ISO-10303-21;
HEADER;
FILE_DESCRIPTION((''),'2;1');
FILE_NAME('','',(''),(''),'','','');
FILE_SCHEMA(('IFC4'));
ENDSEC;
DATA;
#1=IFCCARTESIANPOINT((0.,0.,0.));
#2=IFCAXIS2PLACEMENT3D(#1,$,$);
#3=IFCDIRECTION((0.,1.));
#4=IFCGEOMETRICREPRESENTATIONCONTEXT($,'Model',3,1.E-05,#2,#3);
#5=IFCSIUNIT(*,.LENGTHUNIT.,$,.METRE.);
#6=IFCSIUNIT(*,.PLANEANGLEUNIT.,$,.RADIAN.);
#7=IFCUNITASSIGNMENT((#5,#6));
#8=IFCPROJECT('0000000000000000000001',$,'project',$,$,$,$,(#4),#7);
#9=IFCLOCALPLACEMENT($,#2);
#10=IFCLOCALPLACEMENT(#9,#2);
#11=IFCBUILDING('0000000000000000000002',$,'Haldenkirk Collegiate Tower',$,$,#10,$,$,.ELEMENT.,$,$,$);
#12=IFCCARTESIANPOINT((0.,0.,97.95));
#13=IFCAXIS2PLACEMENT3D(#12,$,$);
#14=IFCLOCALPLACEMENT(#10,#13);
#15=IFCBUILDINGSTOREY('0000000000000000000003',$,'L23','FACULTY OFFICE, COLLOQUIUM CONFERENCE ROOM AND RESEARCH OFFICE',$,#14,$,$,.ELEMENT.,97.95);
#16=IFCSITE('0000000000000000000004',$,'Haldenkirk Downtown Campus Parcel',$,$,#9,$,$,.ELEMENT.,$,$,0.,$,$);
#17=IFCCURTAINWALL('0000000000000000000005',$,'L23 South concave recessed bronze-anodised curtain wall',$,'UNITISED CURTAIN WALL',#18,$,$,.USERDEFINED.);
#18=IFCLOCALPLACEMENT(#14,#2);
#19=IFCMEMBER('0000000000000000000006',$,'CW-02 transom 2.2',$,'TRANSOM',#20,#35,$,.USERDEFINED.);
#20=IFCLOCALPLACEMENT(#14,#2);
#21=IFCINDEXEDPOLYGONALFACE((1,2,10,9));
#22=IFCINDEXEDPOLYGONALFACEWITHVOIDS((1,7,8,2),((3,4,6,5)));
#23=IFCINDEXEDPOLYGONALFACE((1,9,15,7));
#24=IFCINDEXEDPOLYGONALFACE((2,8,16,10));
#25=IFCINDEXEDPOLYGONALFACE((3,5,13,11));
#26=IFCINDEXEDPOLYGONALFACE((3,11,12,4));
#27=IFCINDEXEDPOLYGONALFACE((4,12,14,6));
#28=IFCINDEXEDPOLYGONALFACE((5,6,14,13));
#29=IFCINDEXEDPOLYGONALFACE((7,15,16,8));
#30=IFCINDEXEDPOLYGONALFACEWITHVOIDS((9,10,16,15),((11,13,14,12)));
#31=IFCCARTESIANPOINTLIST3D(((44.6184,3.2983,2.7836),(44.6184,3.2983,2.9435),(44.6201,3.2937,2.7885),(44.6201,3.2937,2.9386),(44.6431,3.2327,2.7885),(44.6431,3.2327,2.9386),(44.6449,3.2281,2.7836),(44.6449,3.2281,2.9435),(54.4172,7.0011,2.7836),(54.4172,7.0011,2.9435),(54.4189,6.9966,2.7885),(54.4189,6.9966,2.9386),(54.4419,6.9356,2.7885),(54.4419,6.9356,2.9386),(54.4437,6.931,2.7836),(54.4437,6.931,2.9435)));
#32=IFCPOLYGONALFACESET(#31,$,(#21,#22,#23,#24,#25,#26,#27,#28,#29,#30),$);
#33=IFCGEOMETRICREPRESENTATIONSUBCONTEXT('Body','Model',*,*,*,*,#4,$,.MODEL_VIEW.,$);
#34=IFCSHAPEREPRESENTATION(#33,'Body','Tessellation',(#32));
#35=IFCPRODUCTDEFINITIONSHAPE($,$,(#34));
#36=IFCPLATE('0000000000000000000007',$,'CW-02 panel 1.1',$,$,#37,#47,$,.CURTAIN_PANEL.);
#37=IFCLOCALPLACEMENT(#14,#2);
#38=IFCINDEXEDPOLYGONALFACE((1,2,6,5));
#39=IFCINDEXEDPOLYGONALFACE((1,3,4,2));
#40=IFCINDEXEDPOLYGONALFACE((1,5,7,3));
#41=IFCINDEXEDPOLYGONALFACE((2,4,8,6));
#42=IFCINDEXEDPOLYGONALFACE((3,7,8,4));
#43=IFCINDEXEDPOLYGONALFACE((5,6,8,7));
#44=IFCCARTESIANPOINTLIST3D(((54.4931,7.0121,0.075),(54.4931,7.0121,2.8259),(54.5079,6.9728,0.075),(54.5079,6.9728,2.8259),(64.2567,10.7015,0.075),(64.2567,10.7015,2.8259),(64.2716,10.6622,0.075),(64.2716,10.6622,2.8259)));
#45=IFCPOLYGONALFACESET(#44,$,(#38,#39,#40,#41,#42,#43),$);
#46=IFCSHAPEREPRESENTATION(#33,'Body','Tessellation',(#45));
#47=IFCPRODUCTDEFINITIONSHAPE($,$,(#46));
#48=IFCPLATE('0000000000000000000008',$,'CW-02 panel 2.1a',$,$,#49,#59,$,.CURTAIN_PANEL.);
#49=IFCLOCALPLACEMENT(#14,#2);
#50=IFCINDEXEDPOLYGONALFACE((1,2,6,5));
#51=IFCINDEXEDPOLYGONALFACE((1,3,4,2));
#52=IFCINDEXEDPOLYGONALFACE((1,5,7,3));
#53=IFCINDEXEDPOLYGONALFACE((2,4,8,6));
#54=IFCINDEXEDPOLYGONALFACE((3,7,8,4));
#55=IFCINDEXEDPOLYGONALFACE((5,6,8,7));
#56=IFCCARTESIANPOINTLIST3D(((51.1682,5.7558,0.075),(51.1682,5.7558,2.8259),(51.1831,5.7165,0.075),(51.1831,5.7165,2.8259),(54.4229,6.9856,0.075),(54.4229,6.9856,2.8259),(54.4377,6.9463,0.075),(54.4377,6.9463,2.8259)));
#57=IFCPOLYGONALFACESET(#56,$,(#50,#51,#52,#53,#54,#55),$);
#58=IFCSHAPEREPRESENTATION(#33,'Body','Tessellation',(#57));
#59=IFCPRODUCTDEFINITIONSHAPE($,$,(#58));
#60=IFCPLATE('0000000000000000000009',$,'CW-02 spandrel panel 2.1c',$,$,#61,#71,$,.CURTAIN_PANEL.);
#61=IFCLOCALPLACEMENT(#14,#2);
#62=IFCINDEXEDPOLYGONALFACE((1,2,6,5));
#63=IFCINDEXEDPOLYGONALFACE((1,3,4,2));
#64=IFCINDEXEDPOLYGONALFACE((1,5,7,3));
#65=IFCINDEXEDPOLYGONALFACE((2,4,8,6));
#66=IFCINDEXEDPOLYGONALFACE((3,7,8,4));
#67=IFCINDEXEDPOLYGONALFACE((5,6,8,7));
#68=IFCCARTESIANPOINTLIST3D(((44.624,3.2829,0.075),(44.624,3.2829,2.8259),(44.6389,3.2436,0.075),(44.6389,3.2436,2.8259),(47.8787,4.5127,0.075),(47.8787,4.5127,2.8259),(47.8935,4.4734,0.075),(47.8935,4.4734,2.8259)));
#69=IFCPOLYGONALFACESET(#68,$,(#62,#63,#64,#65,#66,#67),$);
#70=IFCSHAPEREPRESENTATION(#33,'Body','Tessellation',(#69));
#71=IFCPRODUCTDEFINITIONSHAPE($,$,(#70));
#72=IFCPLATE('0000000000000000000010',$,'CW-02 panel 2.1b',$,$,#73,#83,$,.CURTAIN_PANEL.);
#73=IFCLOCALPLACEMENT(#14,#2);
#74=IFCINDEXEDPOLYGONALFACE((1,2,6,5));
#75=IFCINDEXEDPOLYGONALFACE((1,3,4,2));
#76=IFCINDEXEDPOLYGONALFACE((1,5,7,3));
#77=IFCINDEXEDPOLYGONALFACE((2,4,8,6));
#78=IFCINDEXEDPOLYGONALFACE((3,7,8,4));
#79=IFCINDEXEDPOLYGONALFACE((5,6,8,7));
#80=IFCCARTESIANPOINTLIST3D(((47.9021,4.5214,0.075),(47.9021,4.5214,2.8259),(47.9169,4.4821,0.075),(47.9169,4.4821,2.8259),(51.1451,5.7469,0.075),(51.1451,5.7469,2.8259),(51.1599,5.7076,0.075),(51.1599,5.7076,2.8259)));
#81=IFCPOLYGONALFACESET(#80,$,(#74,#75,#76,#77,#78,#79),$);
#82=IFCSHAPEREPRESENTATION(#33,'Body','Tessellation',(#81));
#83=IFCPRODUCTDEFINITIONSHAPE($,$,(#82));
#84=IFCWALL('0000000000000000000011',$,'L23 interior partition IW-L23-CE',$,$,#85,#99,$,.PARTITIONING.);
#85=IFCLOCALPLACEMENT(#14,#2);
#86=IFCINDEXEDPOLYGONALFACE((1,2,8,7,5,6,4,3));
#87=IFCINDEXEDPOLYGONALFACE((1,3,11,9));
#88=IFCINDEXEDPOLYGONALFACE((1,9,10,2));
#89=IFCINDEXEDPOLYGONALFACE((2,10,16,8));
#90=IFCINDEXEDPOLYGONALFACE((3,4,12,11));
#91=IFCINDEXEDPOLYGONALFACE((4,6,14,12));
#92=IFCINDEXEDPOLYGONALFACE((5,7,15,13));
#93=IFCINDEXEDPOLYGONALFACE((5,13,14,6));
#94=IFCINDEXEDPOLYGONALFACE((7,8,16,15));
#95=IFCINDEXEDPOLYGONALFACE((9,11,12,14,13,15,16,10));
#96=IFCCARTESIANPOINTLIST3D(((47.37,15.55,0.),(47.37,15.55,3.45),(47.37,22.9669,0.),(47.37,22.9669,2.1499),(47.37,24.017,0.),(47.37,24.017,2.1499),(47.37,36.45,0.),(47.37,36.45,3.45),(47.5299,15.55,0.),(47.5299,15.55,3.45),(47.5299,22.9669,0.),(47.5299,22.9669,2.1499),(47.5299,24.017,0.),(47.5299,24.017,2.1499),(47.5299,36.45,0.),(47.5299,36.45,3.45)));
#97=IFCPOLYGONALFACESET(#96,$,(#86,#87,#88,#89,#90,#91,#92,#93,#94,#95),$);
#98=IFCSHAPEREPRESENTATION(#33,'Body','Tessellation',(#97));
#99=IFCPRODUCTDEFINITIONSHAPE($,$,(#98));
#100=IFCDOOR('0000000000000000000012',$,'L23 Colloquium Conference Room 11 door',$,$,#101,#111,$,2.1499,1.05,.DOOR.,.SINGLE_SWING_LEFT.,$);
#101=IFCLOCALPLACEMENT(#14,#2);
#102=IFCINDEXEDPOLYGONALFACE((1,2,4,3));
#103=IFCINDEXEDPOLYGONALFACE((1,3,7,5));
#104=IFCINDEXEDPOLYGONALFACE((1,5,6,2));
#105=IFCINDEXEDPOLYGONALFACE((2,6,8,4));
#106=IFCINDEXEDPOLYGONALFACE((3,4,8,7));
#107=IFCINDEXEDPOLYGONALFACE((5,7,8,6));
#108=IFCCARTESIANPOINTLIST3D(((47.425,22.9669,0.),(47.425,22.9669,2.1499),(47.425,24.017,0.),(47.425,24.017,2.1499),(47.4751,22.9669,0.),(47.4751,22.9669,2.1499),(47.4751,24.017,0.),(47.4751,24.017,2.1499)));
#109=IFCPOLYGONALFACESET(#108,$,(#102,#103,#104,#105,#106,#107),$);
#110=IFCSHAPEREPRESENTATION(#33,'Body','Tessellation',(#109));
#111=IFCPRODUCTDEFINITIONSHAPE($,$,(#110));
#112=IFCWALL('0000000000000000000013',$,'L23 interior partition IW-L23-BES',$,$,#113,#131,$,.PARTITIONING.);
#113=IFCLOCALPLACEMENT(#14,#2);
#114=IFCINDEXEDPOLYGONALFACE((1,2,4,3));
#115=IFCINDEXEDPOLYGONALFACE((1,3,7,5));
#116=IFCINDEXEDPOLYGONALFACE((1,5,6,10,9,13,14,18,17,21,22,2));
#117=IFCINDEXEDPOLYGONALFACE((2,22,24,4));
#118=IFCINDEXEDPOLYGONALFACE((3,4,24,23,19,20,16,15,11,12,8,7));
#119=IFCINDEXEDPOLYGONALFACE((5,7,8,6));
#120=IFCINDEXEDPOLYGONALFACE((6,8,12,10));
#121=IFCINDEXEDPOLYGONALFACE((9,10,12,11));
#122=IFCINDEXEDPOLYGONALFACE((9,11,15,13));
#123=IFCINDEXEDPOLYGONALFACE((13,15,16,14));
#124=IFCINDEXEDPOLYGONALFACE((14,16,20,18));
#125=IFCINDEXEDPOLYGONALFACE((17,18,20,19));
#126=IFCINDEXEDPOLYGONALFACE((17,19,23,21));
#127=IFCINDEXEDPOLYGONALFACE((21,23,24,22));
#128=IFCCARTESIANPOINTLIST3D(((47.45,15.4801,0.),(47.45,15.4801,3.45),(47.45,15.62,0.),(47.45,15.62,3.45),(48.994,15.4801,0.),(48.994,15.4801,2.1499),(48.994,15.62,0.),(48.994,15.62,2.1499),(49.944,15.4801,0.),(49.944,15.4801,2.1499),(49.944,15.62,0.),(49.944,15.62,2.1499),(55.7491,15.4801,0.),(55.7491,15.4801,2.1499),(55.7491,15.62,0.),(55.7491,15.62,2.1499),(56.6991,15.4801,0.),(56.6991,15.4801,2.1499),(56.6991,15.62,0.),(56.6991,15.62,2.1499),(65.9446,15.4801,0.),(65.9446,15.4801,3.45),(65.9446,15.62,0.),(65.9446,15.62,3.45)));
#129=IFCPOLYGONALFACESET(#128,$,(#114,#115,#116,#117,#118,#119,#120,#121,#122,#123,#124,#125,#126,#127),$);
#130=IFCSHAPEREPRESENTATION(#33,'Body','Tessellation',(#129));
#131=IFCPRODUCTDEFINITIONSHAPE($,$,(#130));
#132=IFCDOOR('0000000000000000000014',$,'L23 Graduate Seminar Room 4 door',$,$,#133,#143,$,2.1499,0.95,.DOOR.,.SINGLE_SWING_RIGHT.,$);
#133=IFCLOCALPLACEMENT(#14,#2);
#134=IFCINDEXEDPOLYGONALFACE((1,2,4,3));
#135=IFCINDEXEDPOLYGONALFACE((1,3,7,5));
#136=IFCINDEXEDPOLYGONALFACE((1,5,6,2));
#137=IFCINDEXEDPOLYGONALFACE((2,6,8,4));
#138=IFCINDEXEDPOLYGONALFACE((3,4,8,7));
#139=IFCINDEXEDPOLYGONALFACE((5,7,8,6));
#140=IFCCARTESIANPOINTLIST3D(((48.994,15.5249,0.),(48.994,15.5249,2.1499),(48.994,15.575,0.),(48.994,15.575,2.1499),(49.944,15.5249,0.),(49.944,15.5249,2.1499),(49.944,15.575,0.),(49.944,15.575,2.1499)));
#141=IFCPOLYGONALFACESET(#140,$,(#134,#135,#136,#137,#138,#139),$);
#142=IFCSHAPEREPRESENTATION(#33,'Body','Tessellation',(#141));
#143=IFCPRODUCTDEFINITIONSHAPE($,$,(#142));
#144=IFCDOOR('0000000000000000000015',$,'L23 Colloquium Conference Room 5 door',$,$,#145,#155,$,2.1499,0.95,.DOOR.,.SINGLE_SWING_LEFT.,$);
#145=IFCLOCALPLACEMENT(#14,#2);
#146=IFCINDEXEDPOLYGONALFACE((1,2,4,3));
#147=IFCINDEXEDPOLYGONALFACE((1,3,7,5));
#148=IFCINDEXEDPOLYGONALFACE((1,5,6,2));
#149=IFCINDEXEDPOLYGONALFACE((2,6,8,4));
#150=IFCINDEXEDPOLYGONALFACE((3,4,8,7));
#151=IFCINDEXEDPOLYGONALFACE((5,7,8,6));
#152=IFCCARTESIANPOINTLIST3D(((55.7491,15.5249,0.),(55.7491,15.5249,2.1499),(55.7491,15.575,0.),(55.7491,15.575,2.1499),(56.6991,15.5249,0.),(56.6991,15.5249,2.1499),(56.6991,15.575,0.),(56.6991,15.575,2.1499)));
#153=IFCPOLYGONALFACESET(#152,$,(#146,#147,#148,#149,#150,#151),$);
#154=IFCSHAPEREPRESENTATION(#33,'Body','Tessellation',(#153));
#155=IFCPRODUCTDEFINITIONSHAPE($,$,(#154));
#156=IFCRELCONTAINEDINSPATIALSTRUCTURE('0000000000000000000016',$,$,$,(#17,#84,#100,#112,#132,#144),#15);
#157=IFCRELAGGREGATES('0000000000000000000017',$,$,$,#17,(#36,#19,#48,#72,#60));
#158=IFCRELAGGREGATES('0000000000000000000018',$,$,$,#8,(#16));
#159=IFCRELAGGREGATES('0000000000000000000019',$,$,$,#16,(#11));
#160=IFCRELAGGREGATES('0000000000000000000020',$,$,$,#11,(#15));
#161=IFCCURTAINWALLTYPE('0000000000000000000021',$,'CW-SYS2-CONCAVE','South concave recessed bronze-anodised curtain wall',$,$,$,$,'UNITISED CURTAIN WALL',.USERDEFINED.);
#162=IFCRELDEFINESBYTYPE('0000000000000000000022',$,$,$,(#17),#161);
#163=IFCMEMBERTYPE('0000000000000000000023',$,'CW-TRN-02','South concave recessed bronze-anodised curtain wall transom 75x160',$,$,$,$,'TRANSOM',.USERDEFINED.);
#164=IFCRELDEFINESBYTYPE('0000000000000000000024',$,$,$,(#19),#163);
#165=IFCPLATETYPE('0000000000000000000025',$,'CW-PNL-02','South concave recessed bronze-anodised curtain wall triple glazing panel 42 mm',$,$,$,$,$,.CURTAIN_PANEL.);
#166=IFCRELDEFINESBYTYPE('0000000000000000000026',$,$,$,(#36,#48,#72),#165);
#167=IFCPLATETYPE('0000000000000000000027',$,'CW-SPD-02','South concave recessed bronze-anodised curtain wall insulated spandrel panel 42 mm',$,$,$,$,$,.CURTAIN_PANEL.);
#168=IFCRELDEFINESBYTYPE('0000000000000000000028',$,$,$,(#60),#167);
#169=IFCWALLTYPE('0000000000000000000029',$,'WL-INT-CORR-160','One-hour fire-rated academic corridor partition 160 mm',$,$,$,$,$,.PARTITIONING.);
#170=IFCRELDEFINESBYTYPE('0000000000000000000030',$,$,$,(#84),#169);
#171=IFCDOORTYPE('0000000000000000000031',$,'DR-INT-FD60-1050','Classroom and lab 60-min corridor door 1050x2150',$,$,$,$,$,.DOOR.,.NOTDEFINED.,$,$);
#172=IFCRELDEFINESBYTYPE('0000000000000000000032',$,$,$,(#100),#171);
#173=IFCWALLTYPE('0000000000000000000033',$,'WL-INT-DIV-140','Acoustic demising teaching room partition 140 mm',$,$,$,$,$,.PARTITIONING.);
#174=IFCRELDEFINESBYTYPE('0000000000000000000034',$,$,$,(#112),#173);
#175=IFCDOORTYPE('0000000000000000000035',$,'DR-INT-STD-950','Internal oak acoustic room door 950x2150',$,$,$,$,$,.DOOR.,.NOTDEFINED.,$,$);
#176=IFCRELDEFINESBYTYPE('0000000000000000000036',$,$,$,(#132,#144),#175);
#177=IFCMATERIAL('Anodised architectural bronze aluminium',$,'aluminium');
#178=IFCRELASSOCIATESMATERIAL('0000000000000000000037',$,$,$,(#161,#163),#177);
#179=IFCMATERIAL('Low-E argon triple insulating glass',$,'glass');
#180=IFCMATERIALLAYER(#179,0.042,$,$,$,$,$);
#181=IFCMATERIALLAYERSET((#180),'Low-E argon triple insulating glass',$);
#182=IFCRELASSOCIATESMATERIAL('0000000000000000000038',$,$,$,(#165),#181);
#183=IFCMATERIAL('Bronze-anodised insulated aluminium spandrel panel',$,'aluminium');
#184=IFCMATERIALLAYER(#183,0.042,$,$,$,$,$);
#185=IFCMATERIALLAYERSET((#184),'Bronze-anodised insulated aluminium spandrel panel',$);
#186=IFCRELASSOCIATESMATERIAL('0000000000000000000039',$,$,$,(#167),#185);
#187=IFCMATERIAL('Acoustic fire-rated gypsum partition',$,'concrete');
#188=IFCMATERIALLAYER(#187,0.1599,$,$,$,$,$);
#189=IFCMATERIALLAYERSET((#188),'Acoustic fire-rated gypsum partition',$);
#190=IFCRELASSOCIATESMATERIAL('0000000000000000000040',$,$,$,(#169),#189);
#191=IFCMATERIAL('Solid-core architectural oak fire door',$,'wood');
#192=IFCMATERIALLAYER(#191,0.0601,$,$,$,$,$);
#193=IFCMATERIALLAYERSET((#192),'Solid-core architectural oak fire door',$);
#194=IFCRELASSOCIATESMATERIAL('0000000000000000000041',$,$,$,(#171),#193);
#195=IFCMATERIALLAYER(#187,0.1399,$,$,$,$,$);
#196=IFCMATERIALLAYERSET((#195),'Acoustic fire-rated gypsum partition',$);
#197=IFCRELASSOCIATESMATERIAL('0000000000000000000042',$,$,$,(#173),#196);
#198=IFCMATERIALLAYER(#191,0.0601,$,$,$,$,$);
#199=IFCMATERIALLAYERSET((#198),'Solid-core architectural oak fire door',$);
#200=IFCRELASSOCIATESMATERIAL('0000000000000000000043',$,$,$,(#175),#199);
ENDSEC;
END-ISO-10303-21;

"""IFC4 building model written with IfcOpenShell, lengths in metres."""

from ifc_helpers import new_model, si_unit, direction, frame, frame_2d, origin, origin_2d, place, context, subcontext, project, spatial, rectangle, hollow_rectangle, extrude, source, transform, mapped, material, layer, layer_set, material_profile, profile_set, type_object, element, fill, aggregate, save


model = new_model("IFC4")

# Units and contexts
model_context = context("Model", 3, precision=1e-05, world=origin(), true_north=direction((0.0, 1.0)))
body_context = subcontext(model_context, "Body", "Model", "MODEL_VIEW")
ifc_project = project(units=[si_unit("LENGTHUNIT", "METRE"), si_unit("PLANEANGLEUNIT", "RADIAN")], contexts=[model_context])

# Site, building, storey
site_placement = place(None, origin())
site = spatial("IfcSite", under=ifc_project, at=site_placement, Name="Haldenkirk Downtown Campus Parcel", CompositionType="ELEMENT", RefElevation=0.0)
building_placement = place(site_placement, origin())
building = spatial("IfcBuilding", under=site, at=building_placement, Name="Haldenkirk Collegiate Tower", CompositionType="ELEMENT")
storey_placement = place(building_placement, frame((0.0, 0.0, 97.95)))
storey = spatial("IfcBuildingStorey", under=building, at=storey_placement, Name="L23", Description="FACULTY OFFICE, COLLOQUIUM CONFERENCE ROOM AND RESEARCH OFFICE", CompositionType="ELEMENT", Elevation=97.95)

# Curtain wall, member, plates
ifc_material_1 = material(Name="Anodised architectural bronze aluminium", Category="aluminium")
curtain_wall_type = type_object("IfcCurtainWallType", Name="CW-SYS2-CONCAVE", Description="South concave recessed bronze-anodised curtain wall", ElementType="UNITISED CURTAIN WALL", PredefinedType="USERDEFINED", material=ifc_material_1)
curtain_wall_placement = place(storey_placement, origin())
curtain_wall = element("IfcCurtainWall", 1, at=curtain_wall_placement, inside=storey, type_object=curtain_wall_type, Name="L23 South concave recessed bronze-anodised curtain wall", ObjectType="UNITISED CURTAIN WALL", PredefinedType="USERDEFINED")
ifc_material_profile_1 = material_profile(ifc_material_1, hollow_rectangle(XDim=0.075, YDim=0.1599, WallThickness=0.0049, at=origin_2d()), Name="CW-TRN-02")
ifc_profile_set_1 = profile_set([ifc_material_profile_1], Name="Anodised architectural bronze aluminium")
member_type_1 = type_object("IfcMemberType", Name="CW-TRN-02", Description="South concave recessed bronze-anodised curtain wall transom 75x160", ElementType="TRANSOM", PredefinedType="USERDEFINED", material=ifc_profile_set_1)
member_1_placement = place(storey_placement, frame((54.4304, 6.9661, 2.8635), z_axis=(-0.935437, -0.353493, 0.0), x_axis=(0.353493, -0.935437, 0.0)))
member_1 = element("IfcMember", 2, at=member_1_placement, type_object=member_type_1, Name="CW-02 transom 2.2", ObjectType="TRANSOM", PredefinedType="USERDEFINED", context=body_context, shape_type="SweptSolid", body=[
    extrude(hollow_rectangle(XDim=0.075, YDim=0.1599, WallThickness=0.0049, at=origin_2d()), origin(), (0.0, 0.0, 1.0), 10.4751),
])
ifc_material_2 = material(Name="Low-E argon triple insulating glass", Category="glass")
ifc_layer_1 = layer(ifc_material_2, 0.042)
ifc_layer_set_1 = layer_set([ifc_layer_1], Name="Low-E argon triple insulating glass")
plate_type_1 = type_object("IfcPlateType", Name="CW-PNL-02", Description="South concave recessed bronze-anodised curtain wall triple glazing panel 42 mm", PredefinedType="CURTAIN_PANEL", material=ifc_layer_set_1)
shared_shape_1 = source(origin(), body_context, "Body", "SweptSolid", [
    extrude(rectangle(XDim=10.4375, YDim=0.042, at=origin_2d()), origin(), (0.0, 0.0, 1.0), 2.751),
])
plate_1_placement = place(storey_placement, frame((59.3823, 8.8372, 0.075), z_axis=(0.0, 0.0, 1.0), x_axis=(-0.935443, -0.353476, 0.0)))
plate_1 = element("IfcPlate", 3, at=plate_1_placement, type_object=plate_type_1, Name="CW-02 panel 1.1", PredefinedType="CURTAIN_PANEL", context=body_context, shape_type="MappedRepresentation", body=[
    mapped(shared_shape_1, transform((0.0, 0.0, 0.0), x_axis=(1.0, 0.0, 0.0), y_axis=(0.0, 1.0, 0.0), z_axis=(0.0, 0.0, 1.0), scale=1.0)),
])
shared_shape_2 = source(origin(), body_context, "Body", "SweptSolid", [
    extrude(rectangle(XDim=3.4792, YDim=0.042, at=origin_2d()), origin(), (0.0, 0.0, 1.0), 2.751),
])
plate_2_placement = place(storey_placement, frame((52.803, 6.3511, 0.075), z_axis=(0.0, 0.0, 1.0), x_axis=(-0.935443, -0.353476, 0.0)))
plate_2 = element("IfcPlate", 4, at=plate_2_placement, type_object=plate_type_1, Name="CW-02 panel 2.1a", PredefinedType="CURTAIN_PANEL", context=body_context, shape_type="MappedRepresentation", body=[
    mapped(shared_shape_2, transform((0.0, 0.0, 0.0), x_axis=(1.0, 0.0, 0.0), y_axis=(0.0, 1.0, 0.0), z_axis=(0.0, 0.0, 1.0), scale=1.0)),
])
ifc_material_3 = material(Name="Bronze-anodised insulated aluminium spandrel panel", Category="aluminium")
ifc_layer_2 = layer(ifc_material_3, 0.042)
ifc_layer_set_2 = layer_set([ifc_layer_2], Name="Bronze-anodised insulated aluminium spandrel panel")
plate_type_2 = type_object("IfcPlateType", Name="CW-SPD-02", Description="South concave recessed bronze-anodised curtain wall insulated spandrel panel 42 mm", PredefinedType="CURTAIN_PANEL", material=ifc_layer_set_2)
plate_3_placement = place(storey_placement, frame((46.2588, 3.8782, 0.075), z_axis=(0.0, 0.0, 1.0), x_axis=(-0.935443, -0.353476, 0.0)))
plate_3 = element("IfcPlate", 5, at=plate_3_placement, type_object=plate_type_2, Name="CW-02 spandrel panel 2.1c", PredefinedType="CURTAIN_PANEL", context=body_context, shape_type="MappedRepresentation", body=[
    mapped(shared_shape_2, transform((0.0, 0.0, 0.0), x_axis=(1.0, 0.0, 0.0), y_axis=(0.0, 1.0, 0.0), z_axis=(0.0, 0.0, 1.0), scale=1.0)),
])
shared_shape_3 = source(origin(), body_context, "Body", "SweptSolid", [
    extrude(rectangle(XDim=3.4668, YDim=0.042, at=origin_2d()), origin(), (0.0, 0.0, 1.0), 2.751),
])
plate_4_placement = place(storey_placement, frame((49.531, 5.1145, 0.075), z_axis=(0.0, 0.0, 1.0), x_axis=(-0.935443, -0.353476, 0.0)))
plate_4 = element("IfcPlate", 6, at=plate_4_placement, type_object=plate_type_1, Name="CW-02 panel 2.1b", PredefinedType="CURTAIN_PANEL", context=body_context, shape_type="MappedRepresentation", body=[
    mapped(shared_shape_3, transform((0.0, 0.0, 0.0), x_axis=(1.0, 0.0, 0.0), y_axis=(0.0, 1.0, 0.0), z_axis=(0.0, 0.0, 1.0), scale=1.0)),
])
aggregate(curtain_wall, [plate_1, member_1, plate_2, plate_4, plate_3])

# Wall, opening, door
ifc_material_4 = material(Name="Acoustic fire-rated gypsum partition", Category="concrete")
ifc_layer_3 = layer(ifc_material_4, 0.1599)
ifc_layer_set_3 = layer_set([ifc_layer_3], Name="Acoustic fire-rated gypsum partition")
wall_type_1 = type_object("IfcWallType", Name="WL-INT-CORR-160", Description="One-hour fire-rated academic corridor partition 160 mm", PredefinedType="PARTITIONING", material=ifc_layer_set_3)
wall_1_placement = place(storey_placement, frame((47.45, 15.55, 0.0), z_axis=(0.0, 0.0, 1.0), x_axis=(0.0, 1.0, 0.0)))
wall_1 = element("IfcWall", 7, at=wall_1_placement, inside=storey, type_object=wall_type_1, Name="L23 interior partition IW-L23-CE", PredefinedType="PARTITIONING", context=body_context, shape_type="SweptSolid", body=[
    extrude(rectangle(XDim=20.8999, YDim=0.1599, at=frame_2d((10.45, 0.0))), origin(), (0.0, 0.0, 1.0), 3.45),
])
opening_1_placement = place(wall_1_placement, frame((7.417, 0.0, 0.0)))
opening_1 = element("IfcOpeningElement", 8, at=opening_1_placement, cuts=wall_1, PredefinedType="OPENING", context=body_context, shape_type="SweptSolid", body=[
    extrude(rectangle(XDim=1.05, YDim=2.1499, at=frame_2d((0.5249, 1.075))), frame((0.0, 0.0898, 0.0), z_axis=(0.0, -1.0, 0.0), x_axis=(1.0, 0.0, 0.0)), (0.0, 0.0, 1.0), 0.1799),
])
ifc_material_5 = material(Name="Solid-core architectural oak fire door", Category="wood")
ifc_layer_4 = layer(ifc_material_5, 0.0601)
ifc_layer_set_4 = layer_set([ifc_layer_4], Name="Solid-core architectural oak fire door")
door_type_1 = type_object("IfcDoorType", Name="DR-INT-FD60-1050", Description="Classroom and lab 60-min corridor door 1050x2150", OperationType="NOTDEFINED", PredefinedType="DOOR", material=ifc_layer_set_4)
door_1_placement = place(opening_1_placement, origin())
door_1 = element("IfcDoor", 9, at=door_1_placement, inside=storey, type_object=door_type_1, Name="L23 Colloquium Conference Room 11 door", OperationType="SINGLE_SWING_LEFT", OverallHeight=2.1499, OverallWidth=1.05, PredefinedType="DOOR", context=body_context, shape_type="SweptSolid", body=[
    extrude(rectangle(XDim=1.05, YDim=2.1499, at=frame_2d((0.5249, 1.075))), frame((0.0, 0.0249, 0.0), z_axis=(0.0, -1.0, 0.0), x_axis=(1.0, 0.0, 0.0)), (0.0, 0.0, 1.0), 0.05),
])
fill(opening_1, door_1)

# Wall, openings, doors
ifc_layer_5 = layer(ifc_material_4, 0.1399)
ifc_layer_set_5 = layer_set([ifc_layer_5], Name="Acoustic fire-rated gypsum partition")
wall_type_2 = type_object("IfcWallType", Name="WL-INT-DIV-140", Description="Acoustic demising teaching room partition 140 mm", PredefinedType="PARTITIONING", material=ifc_layer_set_5)
wall_2_placement = place(storey_placement, frame((47.45, 15.55, 0.0), z_axis=(0.0, 0.0, 1.0), x_axis=(1.0, 0.0, 0.0)))
wall_2 = element("IfcWall", 10, at=wall_2_placement, inside=storey, type_object=wall_type_2, Name="L23 interior partition IW-L23-BES", PredefinedType="PARTITIONING", context=body_context, shape_type="SweptSolid", body=[
    extrude(rectangle(XDim=18.4946, YDim=0.1399, at=frame_2d((9.2473, 0.0))), origin(), (0.0, 0.0, 1.0), 3.45),
])
opening_2_placement = place(wall_2_placement, frame((1.5439, 0.0, 0.0)))
opening_2 = element("IfcOpeningElement", 11, at=opening_2_placement, cuts=wall_2, PredefinedType="OPENING", context=body_context, shape_type="SweptSolid", body=[
    extrude(rectangle(XDim=0.95, YDim=2.1499, at=frame_2d((0.4751, 1.075))), frame((0.0, 0.0798, 0.0), z_axis=(0.0, -1.0, 0.0), x_axis=(1.0, 0.0, 0.0)), (0.0, 0.0, 1.0), 0.1599),
])
opening_3_placement = place(wall_2_placement, frame((8.2991, 0.0, 0.0)))
opening_3 = element("IfcOpeningElement", 12, at=opening_3_placement, cuts=wall_2, PredefinedType="OPENING", context=body_context, shape_type="SweptSolid", body=[
    extrude(rectangle(XDim=0.95, YDim=2.1499, at=frame_2d((0.4751, 1.075))), frame((0.0, 0.0798, 0.0), z_axis=(0.0, -1.0, 0.0), x_axis=(1.0, 0.0, 0.0)), (0.0, 0.0, 1.0), 0.1599),
])
ifc_layer_6 = layer(ifc_material_5, 0.0601)
ifc_layer_set_6 = layer_set([ifc_layer_6], Name="Solid-core architectural oak fire door")
door_type_2 = type_object("IfcDoorType", Name="DR-INT-STD-950", Description="Internal oak acoustic room door 950x2150", OperationType="NOTDEFINED", PredefinedType="DOOR", material=ifc_layer_set_6)
door_2_placement = place(opening_2_placement, origin())
door_2 = element("IfcDoor", 13, at=door_2_placement, inside=storey, type_object=door_type_2, Name="L23 Graduate Seminar Room 4 door", OperationType="SINGLE_SWING_RIGHT", OverallHeight=2.1499, OverallWidth=0.95, PredefinedType="DOOR", context=body_context, shape_type="SweptSolid", body=[
    extrude(rectangle(XDim=0.95, YDim=2.1499, at=frame_2d((0.4751, 1.075))), frame((0.0, 0.0249, 0.0), z_axis=(0.0, -1.0, 0.0), x_axis=(1.0, 0.0, 0.0)), (0.0, 0.0, 1.0), 0.05),
])
fill(opening_2, door_2)
door_3_placement = place(opening_3_placement, origin())
door_3 = element("IfcDoor", 14, at=door_3_placement, inside=storey, type_object=door_type_2, Name="L23 Colloquium Conference Room 5 door", OperationType="SINGLE_SWING_LEFT", OverallHeight=2.1499, OverallWidth=0.95, PredefinedType="DOOR", context=body_context, shape_type="SweptSolid", body=[
    extrude(rectangle(XDim=0.95, YDim=2.1499, at=frame_2d((0.4751, 1.075))), frame((0.0, 0.0249, 0.0), z_axis=(0.0, -1.0, 0.0), x_axis=(1.0, 0.0, 0.0)), (0.0, 0.0, 1.0), 0.05),
])
fill(opening_3, door_3)

save(model, "model.ifc")
